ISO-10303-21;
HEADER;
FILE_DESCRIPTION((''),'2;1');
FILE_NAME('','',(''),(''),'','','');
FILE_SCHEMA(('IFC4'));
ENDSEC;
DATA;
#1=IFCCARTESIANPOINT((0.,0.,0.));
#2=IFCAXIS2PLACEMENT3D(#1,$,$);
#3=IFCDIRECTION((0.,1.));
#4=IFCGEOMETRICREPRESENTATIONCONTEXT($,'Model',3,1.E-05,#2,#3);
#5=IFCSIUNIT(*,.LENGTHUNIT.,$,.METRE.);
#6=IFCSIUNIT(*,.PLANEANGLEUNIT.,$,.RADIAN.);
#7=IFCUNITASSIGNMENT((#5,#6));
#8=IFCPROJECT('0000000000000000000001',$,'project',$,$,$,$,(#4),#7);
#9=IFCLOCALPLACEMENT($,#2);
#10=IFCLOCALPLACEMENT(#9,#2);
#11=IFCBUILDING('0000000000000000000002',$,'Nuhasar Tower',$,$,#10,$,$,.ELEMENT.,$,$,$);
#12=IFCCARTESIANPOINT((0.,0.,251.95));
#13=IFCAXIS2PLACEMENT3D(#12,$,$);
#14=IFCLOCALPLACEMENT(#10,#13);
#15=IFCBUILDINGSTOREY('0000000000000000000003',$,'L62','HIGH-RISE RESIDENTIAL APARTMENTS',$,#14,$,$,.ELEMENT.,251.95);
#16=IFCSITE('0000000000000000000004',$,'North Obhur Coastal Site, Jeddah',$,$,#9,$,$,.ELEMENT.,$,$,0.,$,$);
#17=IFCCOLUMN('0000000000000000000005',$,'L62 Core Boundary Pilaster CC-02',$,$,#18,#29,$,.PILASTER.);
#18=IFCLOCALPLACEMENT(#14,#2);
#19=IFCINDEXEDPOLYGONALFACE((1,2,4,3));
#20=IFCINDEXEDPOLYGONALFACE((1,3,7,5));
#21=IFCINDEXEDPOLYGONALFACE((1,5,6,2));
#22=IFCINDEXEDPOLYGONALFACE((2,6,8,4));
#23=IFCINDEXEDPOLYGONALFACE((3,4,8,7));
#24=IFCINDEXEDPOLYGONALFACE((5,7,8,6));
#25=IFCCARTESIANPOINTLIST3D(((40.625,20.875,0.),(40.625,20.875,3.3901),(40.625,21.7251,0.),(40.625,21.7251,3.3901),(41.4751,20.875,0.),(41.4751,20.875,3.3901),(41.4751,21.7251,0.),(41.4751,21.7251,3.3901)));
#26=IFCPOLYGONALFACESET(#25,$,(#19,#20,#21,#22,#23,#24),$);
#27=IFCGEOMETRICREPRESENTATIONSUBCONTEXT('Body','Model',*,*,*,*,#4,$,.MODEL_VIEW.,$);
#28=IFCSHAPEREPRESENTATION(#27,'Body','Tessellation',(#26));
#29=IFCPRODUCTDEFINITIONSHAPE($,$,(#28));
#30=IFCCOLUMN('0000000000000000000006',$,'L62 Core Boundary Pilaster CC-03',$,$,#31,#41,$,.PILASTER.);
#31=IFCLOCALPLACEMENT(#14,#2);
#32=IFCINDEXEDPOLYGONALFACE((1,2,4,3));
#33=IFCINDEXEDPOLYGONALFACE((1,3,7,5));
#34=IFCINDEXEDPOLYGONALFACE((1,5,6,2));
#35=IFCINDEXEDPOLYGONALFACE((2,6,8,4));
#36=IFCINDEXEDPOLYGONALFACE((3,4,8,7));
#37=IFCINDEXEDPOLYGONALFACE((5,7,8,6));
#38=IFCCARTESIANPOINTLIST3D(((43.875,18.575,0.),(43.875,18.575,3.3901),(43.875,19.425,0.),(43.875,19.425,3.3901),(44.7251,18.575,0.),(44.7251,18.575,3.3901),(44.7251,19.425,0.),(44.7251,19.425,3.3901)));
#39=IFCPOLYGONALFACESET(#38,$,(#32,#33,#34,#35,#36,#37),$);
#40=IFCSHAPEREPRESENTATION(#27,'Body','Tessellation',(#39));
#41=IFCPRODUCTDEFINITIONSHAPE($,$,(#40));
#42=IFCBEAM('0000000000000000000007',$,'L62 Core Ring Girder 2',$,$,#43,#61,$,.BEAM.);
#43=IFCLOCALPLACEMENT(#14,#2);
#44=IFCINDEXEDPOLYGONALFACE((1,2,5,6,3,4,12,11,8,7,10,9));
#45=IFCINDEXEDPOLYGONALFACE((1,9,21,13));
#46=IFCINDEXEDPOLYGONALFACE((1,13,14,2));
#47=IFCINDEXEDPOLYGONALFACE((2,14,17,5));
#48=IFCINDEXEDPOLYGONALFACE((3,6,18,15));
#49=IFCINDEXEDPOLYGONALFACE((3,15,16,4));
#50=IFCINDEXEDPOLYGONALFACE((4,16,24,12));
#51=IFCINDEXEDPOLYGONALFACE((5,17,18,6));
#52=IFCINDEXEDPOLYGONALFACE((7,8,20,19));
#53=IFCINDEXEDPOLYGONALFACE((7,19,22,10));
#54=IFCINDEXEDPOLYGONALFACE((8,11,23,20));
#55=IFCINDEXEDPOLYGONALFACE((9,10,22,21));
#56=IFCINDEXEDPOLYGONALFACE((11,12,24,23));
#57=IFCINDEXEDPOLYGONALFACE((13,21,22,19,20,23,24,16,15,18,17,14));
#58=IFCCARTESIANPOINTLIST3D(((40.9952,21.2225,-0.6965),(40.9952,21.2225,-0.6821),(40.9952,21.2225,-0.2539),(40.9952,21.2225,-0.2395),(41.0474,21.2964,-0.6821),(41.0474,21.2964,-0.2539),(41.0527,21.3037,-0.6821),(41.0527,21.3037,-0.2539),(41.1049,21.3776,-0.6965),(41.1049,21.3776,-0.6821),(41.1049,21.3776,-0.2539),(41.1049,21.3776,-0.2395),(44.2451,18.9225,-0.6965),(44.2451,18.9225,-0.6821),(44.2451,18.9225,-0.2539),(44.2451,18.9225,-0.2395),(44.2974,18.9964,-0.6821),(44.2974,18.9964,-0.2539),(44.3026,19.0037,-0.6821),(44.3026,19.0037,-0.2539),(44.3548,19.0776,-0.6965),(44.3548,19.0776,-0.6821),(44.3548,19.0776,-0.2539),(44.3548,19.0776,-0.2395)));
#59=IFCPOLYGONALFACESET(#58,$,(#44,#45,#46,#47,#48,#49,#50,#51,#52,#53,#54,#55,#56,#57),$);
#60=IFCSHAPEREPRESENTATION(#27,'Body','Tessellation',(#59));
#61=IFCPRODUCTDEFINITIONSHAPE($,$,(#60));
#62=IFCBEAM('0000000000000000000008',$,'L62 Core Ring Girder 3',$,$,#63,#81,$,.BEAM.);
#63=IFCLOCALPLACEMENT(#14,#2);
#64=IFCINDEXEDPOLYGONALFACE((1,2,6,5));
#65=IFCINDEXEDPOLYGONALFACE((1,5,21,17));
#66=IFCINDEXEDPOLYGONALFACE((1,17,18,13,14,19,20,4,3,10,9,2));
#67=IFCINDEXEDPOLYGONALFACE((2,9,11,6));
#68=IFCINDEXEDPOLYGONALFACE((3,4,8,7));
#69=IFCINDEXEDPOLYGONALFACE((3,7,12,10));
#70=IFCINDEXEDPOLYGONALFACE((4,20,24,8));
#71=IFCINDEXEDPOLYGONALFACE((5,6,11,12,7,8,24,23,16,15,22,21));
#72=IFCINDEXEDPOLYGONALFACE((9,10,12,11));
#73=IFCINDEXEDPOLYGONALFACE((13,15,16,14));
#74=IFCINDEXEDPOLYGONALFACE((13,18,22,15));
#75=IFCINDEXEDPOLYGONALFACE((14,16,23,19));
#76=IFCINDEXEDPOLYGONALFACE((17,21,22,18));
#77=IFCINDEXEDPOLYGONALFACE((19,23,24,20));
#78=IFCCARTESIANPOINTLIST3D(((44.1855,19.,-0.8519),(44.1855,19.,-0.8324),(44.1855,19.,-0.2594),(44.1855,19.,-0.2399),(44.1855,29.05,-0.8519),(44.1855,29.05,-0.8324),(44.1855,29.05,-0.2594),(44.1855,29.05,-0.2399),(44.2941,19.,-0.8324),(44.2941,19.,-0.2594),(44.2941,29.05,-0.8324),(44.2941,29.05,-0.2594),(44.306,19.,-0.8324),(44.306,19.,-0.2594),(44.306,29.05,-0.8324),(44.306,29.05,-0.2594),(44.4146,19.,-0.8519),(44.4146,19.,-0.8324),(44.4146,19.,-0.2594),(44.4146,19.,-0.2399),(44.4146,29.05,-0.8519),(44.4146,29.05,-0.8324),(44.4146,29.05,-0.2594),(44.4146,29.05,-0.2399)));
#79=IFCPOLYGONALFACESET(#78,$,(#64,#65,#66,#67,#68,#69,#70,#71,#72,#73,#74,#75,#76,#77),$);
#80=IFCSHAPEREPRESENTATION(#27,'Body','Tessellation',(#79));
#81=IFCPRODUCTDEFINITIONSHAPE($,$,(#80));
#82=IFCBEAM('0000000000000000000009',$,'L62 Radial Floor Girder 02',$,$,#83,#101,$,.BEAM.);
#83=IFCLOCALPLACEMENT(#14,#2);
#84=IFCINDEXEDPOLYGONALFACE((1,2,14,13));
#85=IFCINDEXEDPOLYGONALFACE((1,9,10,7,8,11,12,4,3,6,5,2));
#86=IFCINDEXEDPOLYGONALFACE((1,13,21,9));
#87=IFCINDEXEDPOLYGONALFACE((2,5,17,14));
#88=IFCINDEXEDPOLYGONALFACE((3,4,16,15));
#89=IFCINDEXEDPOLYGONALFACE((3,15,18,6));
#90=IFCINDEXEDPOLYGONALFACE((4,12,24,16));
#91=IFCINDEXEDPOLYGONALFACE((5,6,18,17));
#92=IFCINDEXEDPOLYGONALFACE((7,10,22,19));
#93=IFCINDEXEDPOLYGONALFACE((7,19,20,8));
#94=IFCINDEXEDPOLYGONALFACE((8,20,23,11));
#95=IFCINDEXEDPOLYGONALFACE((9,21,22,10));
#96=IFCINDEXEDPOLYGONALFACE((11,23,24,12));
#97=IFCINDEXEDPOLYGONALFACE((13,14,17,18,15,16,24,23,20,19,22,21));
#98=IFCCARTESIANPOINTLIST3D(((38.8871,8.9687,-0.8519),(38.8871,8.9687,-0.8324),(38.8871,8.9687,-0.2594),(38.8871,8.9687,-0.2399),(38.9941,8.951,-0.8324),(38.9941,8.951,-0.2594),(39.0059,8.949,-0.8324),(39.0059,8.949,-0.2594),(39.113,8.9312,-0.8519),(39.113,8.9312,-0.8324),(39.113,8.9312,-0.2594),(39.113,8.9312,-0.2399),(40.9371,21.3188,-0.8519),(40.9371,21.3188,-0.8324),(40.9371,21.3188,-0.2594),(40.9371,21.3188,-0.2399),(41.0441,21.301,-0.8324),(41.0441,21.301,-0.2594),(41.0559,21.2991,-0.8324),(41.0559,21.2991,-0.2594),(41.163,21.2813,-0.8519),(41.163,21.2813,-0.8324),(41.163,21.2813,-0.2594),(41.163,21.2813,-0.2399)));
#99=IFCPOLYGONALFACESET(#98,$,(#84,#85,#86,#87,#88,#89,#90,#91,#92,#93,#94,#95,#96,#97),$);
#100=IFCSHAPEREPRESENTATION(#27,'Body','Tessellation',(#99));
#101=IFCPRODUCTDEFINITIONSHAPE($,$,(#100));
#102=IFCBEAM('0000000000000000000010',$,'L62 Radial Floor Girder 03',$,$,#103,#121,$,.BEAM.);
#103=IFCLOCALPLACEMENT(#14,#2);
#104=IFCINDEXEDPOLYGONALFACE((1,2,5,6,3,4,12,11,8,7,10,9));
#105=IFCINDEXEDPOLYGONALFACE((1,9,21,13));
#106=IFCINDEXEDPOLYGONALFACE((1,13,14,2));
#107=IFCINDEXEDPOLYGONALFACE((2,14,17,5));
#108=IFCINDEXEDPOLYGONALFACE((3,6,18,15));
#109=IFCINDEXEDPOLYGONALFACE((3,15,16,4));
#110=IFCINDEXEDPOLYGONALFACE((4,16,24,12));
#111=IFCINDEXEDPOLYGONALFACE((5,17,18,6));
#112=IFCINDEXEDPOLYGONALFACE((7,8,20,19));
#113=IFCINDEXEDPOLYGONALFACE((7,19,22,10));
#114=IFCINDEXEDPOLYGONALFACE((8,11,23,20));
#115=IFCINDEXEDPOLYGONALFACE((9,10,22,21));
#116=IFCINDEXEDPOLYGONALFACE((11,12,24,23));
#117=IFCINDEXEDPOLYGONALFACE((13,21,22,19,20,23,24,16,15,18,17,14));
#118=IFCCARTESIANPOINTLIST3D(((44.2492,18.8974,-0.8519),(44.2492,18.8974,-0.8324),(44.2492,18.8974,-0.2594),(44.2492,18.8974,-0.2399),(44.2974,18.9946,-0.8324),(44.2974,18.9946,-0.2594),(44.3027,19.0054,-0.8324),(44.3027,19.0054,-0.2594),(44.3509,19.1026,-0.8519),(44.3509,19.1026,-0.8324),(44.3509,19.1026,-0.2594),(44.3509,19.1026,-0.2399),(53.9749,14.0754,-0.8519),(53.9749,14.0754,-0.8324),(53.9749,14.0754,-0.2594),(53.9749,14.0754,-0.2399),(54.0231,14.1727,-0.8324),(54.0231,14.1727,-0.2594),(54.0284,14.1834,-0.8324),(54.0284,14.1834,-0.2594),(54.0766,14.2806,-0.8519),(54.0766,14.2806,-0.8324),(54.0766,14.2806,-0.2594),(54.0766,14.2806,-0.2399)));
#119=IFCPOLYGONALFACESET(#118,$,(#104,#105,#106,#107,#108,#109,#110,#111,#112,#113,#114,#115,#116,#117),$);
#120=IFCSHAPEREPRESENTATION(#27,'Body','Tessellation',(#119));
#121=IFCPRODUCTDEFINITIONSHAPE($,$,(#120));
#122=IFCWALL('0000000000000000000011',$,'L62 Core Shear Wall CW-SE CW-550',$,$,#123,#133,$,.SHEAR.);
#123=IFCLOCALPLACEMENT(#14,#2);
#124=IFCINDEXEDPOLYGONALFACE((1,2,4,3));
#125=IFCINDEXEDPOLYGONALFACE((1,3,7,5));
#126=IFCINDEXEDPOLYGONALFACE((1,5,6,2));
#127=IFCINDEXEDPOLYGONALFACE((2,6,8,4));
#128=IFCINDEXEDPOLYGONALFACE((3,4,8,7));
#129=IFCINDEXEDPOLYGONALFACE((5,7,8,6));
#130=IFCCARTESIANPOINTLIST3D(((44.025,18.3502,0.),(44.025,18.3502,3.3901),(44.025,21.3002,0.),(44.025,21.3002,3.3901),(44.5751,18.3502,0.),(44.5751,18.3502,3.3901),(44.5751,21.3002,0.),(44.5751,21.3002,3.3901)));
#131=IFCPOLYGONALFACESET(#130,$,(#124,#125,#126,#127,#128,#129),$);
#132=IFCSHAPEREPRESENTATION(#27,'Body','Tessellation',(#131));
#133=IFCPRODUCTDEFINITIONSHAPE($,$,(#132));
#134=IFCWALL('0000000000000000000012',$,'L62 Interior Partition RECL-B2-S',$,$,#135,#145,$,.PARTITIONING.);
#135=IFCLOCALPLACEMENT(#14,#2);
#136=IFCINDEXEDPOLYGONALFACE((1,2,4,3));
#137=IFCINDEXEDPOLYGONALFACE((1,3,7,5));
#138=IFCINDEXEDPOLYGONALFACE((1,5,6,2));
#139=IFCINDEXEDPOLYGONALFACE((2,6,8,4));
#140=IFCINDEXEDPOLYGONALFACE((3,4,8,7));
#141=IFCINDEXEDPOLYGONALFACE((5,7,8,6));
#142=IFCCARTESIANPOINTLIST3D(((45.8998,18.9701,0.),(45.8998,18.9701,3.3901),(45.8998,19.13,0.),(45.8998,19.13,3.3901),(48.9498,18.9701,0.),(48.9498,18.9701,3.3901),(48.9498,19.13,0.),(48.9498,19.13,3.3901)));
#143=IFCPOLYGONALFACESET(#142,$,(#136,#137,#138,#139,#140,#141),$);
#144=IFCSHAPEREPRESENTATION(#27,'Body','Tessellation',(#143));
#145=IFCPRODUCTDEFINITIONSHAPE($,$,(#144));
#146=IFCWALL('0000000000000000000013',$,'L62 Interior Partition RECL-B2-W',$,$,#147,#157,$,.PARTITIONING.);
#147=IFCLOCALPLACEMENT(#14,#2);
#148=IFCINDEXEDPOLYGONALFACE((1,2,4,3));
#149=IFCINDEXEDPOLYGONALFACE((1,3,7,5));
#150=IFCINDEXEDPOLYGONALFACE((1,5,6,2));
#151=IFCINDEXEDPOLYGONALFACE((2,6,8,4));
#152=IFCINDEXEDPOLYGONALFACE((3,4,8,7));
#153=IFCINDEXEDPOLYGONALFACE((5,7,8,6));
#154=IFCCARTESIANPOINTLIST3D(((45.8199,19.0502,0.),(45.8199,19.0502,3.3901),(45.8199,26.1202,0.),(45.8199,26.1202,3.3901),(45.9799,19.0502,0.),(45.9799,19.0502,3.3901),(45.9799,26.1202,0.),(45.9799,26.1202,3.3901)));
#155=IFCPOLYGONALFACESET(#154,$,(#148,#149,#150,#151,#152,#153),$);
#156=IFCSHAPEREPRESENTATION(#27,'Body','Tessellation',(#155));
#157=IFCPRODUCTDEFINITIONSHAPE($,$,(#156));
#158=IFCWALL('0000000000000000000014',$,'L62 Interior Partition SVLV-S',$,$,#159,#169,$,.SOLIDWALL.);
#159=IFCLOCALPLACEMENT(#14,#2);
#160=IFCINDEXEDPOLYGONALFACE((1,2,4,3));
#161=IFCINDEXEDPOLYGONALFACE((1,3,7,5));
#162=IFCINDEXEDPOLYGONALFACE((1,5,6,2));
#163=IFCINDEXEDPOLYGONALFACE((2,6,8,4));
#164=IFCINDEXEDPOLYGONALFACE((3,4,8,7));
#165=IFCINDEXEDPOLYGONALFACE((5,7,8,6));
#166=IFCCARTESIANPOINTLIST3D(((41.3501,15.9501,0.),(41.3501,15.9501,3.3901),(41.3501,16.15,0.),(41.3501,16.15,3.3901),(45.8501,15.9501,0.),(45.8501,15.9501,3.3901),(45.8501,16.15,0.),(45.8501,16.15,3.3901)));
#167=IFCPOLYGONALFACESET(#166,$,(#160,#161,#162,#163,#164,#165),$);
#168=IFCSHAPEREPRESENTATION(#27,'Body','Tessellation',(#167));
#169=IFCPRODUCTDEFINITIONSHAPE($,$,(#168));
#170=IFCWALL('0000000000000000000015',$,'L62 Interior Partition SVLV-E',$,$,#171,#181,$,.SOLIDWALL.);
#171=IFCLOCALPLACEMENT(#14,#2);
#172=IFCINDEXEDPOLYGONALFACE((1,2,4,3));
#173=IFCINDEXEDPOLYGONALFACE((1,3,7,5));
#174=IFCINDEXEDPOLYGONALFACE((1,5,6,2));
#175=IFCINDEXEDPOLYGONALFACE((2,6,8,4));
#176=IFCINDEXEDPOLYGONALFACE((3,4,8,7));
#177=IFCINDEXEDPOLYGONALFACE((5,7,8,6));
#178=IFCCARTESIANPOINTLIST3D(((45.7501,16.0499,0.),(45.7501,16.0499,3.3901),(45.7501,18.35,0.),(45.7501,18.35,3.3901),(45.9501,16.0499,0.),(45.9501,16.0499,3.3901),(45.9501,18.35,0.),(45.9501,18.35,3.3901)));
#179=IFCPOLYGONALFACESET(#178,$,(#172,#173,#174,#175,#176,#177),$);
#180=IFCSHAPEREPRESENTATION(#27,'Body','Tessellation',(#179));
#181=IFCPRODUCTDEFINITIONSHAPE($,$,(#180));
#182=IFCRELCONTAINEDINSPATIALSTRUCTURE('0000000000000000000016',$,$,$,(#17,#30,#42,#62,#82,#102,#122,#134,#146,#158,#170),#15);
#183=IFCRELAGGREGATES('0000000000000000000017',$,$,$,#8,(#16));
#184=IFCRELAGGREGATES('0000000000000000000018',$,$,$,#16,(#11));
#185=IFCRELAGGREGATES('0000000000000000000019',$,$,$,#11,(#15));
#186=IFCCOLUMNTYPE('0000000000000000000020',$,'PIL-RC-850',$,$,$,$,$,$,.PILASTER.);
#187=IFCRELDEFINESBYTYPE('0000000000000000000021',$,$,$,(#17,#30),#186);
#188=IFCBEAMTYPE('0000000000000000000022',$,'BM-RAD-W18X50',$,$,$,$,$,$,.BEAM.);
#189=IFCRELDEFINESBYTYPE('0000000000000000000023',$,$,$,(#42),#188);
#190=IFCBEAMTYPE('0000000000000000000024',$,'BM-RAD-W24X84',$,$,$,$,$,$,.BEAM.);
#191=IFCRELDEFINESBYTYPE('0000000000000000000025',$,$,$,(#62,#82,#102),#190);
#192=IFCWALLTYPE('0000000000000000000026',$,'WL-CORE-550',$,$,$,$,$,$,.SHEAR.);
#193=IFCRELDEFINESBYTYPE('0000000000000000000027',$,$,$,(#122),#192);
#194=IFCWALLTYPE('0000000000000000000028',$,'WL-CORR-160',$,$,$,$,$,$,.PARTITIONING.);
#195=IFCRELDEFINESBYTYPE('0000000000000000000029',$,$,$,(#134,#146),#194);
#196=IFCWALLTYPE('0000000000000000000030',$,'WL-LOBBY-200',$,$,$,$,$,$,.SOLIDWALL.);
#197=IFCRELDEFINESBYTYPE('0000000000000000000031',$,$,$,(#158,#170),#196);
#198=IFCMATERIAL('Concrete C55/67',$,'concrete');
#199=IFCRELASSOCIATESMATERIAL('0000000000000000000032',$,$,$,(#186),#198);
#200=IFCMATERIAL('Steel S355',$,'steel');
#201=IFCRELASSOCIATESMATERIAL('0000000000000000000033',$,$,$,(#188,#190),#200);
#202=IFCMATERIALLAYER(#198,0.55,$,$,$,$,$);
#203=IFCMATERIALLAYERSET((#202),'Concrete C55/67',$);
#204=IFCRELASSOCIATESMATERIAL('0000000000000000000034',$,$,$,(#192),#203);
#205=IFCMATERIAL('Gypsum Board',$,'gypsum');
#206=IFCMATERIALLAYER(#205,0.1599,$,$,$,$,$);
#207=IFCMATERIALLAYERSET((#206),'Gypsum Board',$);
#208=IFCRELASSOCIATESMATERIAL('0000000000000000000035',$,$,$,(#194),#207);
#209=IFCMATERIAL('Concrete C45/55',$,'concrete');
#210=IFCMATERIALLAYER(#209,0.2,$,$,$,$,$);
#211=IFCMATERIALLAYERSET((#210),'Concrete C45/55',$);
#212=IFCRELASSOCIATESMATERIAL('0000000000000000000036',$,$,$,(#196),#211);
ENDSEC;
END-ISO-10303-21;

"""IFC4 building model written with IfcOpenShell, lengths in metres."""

from ifc_helpers import new_model, si_unit, direction, frame, frame_2d, origin, origin_2d, place, context, subcontext, project, spatial, rectangle, i_section, extrude, material, layer, layer_set, material_profile, profile_set, type_object, element, save


model = new_model("IFC4")

# Units and contexts
model_context = context("Model", 3, precision=1e-05, world=origin(), true_north=direction((0.0, 1.0)))
body_context = subcontext(model_context, "Body", "Model", "MODEL_VIEW")
ifc_project = project(units=[si_unit("LENGTHUNIT", "METRE"), si_unit("PLANEANGLEUNIT", "RADIAN")], contexts=[model_context])

# Site, building, storey
site_placement = place(None, origin())
site = spatial("IfcSite", under=ifc_project, at=site_placement, Name="North Obhur Coastal Site, Jeddah", CompositionType="ELEMENT", RefElevation=0.0)
building_placement = place(site_placement, origin())
building = spatial("IfcBuilding", under=site, at=building_placement, Name="Nuhasar Tower", CompositionType="ELEMENT")
storey_placement = place(building_placement, frame((0.0, 0.0, 251.95)))
storey = spatial("IfcBuildingStorey", under=building, at=storey_placement, Name="L62", Description="HIGH-RISE RESIDENTIAL APARTMENTS", CompositionType="ELEMENT", Elevation=251.95)

# Columns
ifc_material_1 = material(Name="Concrete C55/67", Category="concrete")
ifc_material_profile_1 = material_profile(ifc_material_1, rectangle(XDim=0.8501, YDim=0.8501, at=origin_2d()), Name="RC850X850")
ifc_profile_set_1 = profile_set([ifc_material_profile_1], Name="Concrete C55/67")
column_type = type_object("IfcColumnType", Name="PIL-RC-850", PredefinedType="PILASTER", material=ifc_profile_set_1)
for number, where, z_axis, x_axis, name in (
    (1, (41.05, 21.3, 0.0), (0.0, 0.0, 1.0), (1.0, 0.0, 0.0), "L62 Core Boundary Pilaster CC-02"),
    (2, (44.3, 19.0, 0.0), (0.0, 0.0, 1.0), (1.0, 0.0, 0.0), "L62 Core Boundary Pilaster CC-03"),
):
    element("IfcColumn", number, at=place(storey_placement, frame(where, z_axis=z_axis, x_axis=x_axis)), inside=storey, type_object=column_type, Name=name, PredefinedType="PILASTER", context=body_context, shape_type="SweptSolid", body=[
        extrude(rectangle(XDim=0.8501, YDim=0.8501, at=origin_2d()), origin(), (0.0, 0.0, 1.0), 3.3901),
    ])

# Beams
ifc_material_2 = material(Name="Steel S355", Category="steel")
ifc_material_profile_2 = material_profile(ifc_material_2, i_section(OverallWidth=0.1899, OverallDepth=0.457, WebThickness=0.009, FlangeThickness=0.0144, at=origin_2d()), Name="W18X50")
ifc_profile_set_2 = profile_set([ifc_material_profile_2], Name="Steel S355")
beam_type_1 = type_object("IfcBeamType", Name="BM-RAD-W18X50", PredefinedType="BEAM", material=ifc_profile_set_2)
beam_1_placement = place(storey_placement, frame((41.05, 21.3, -0.468), z_axis=(0.816265, -0.577677, 0.0), x_axis=(0.577677, 0.816265, 0.0)))
element("IfcBeam", 3, at=beam_1_placement, inside=storey, type_object=beam_type_1, Name="L62 Core Ring Girder 2", PredefinedType="BEAM", context=body_context, shape_type="SweptSolid", body=[
    extrude(i_section(OverallWidth=0.1899, OverallDepth=0.457, WebThickness=0.009, FlangeThickness=0.0144, at=origin_2d()), origin(), (0.0, 0.0, 1.0), 3.9814),
])
ifc_material_profile_3 = material_profile(ifc_material_2, i_section(OverallWidth=0.229, OverallDepth=0.6121, WebThickness=0.012, FlangeThickness=0.0195, at=origin_2d()), Name="W24X84")
ifc_profile_set_3 = profile_set([ifc_material_profile_3], Name="Steel S355")
beam_type_2 = type_object("IfcBeamType", Name="BM-RAD-W24X84", PredefinedType="BEAM", material=ifc_profile_set_3)
beam_2_placement = place(storey_placement, frame((44.3, 19.0, -0.5459), z_axis=(0.0, 1.0, 0.0), x_axis=(-1.0, 0.0, 0.0)))
element("IfcBeam", 4, at=beam_2_placement, inside=storey, type_object=beam_type_2, Name="L62 Core Ring Girder 3", PredefinedType="BEAM", context=body_context, shape_type="SweptSolid", body=[
    extrude(i_section(OverallWidth=0.229, OverallDepth=0.6121, WebThickness=0.012, FlangeThickness=0.0195, at=origin_2d()), origin(), (0.0, 0.0, 1.0), 10.05),
])
beam_3_placement = place(storey_placement, frame((41.05, 21.3, -0.5459), z_axis=(-0.163754, -0.986501, 0.0), x_axis=(0.986501, -0.163754, 0.0)))
element("IfcBeam", 5, at=beam_3_placement, inside=storey, type_object=beam_type_2, Name="L62 Radial Floor Girder 02", PredefinedType="BEAM", context=body_context, shape_type="SweptSolid", body=[
    extrude(i_section(OverallWidth=0.229, OverallDepth=0.6121, WebThickness=0.012, FlangeThickness=0.0195, at=origin_2d()), origin(), (0.0, 0.0, 1.0), 12.519),
])
beam_4_placement = place(storey_placement, frame((44.3, 19.0, -0.5459), z_axis=(0.895929, -0.444197, 0.0), x_axis=(0.444197, 0.895929, 0.0)))
element("IfcBeam", 6, at=beam_4_placement, inside=storey, type_object=beam_type_2, Name="L62 Radial Floor Girder 03", PredefinedType="BEAM", context=body_context, shape_type="SweptSolid", body=[
    extrude(i_section(OverallWidth=0.229, OverallDepth=0.6121, WebThickness=0.012, FlangeThickness=0.0195, at=origin_2d()), origin(), (0.0, 0.0, 1.0), 10.8555),
])

# Walls
ifc_layer_1 = layer(ifc_material_1, 0.55)
ifc_layer_set_1 = layer_set([ifc_layer_1], Name="Concrete C55/67")
wall_type_1 = type_object("IfcWallType", Name="WL-CORE-550", PredefinedType="SHEAR", material=ifc_layer_set_1)
wall_1_placement = place(storey_placement, frame((44.3, 18.3501, 0.0), z_axis=(0.0, 0.0, 1.0), x_axis=(0.0, 1.0, 0.0)))
element("IfcWall", 7, at=wall_1_placement, inside=storey, type_object=wall_type_1, Name="L62 Core Shear Wall CW-SE CW-550", PredefinedType="SHEAR", context=body_context, shape_type="SweptSolid", body=[
    extrude(rectangle(XDim=2.95, YDim=0.55, at=frame_2d((1.4751, 0.0))), origin(), (0.0, 0.0, 1.0), 3.3901),
])
ifc_material_3 = material(Name="Gypsum Board", Category="gypsum")
ifc_layer_2 = layer(ifc_material_3, 0.1599)
ifc_layer_set_2 = layer_set([ifc_layer_2], Name="Gypsum Board")
wall_type_2 = type_object("IfcWallType", Name="WL-CORR-160", PredefinedType="PARTITIONING", material=ifc_layer_set_2)
wall_2_placement = place(storey_placement, frame((45.8999, 19.05, 0.0), z_axis=(0.0, 0.0, 1.0), x_axis=(1.0, 0.0, 0.0)))
element("IfcWall", 8, at=wall_2_placement, inside=storey, type_object=wall_type_2, Name="L62 Interior Partition RECL-B2-S", PredefinedType="PARTITIONING", context=body_context, shape_type="SweptSolid", body=[
    extrude(rectangle(XDim=3.05, YDim=0.1599, at=frame_2d((1.5249, 0.0))), origin(), (0.0, 0.0, 1.0), 3.3901),
])
wall_3_placement = place(storey_placement, frame((45.8999, 19.05, 0.0), z_axis=(0.0, 0.0, 1.0), x_axis=(0.0, 1.0, 0.0)))
element("IfcWall", 9, at=wall_3_placement, inside=storey, type_object=wall_type_2, Name="L62 Interior Partition RECL-B2-W", PredefinedType="PARTITIONING", context=body_context, shape_type="SweptSolid", body=[
    extrude(rectangle(XDim=7.0701, YDim=0.1599, at=frame_2d((3.5352, 0.0))), origin(), (0.0, 0.0, 1.0), 3.3901),
])

# Shared definitions
ifc_material_4 = material(Name="Concrete C45/55", Category="concrete")
ifc_layer_3 = layer(ifc_material_4, 0.2)
ifc_layer_set_3 = layer_set([ifc_layer_3], Name="Concrete C45/55")
wall_type_3 = type_object("IfcWallType", Name="WL-LOBBY-200", PredefinedType="SOLIDWALL", material=ifc_layer_set_3)

# Walls
wall_4_placement = place(storey_placement, frame((41.3501, 16.05, 0.0), z_axis=(0.0, 0.0, 1.0), x_axis=(1.0, 0.0, 0.0)))
element("IfcWall", 10, at=wall_4_placement, inside=storey, type_object=wall_type_3, Name="L62 Interior Partition SVLV-S", PredefinedType="SOLIDWALL", context=body_context, shape_type="SweptSolid", body=[
    extrude(rectangle(XDim=4.5, YDim=0.2, at=frame_2d((2.25, 0.0))), origin(), (0.0, 0.0, 1.0), 3.3901),
])
wall_5_placement = place(storey_placement, frame((45.8501, 16.05, 0.0), z_axis=(0.0, 0.0, 1.0), x_axis=(0.0, 1.0, 0.0)))
element("IfcWall", 11, at=wall_5_placement, inside=storey, type_object=wall_type_3, Name="L62 Interior Partition SVLV-E", PredefinedType="SOLIDWALL", context=body_context, shape_type="SweptSolid", body=[
    extrude(rectangle(XDim=2.3, YDim=0.2, at=frame_2d((1.1499, 0.0))), origin(), (0.0, 0.0, 1.0), 3.3901),
])

save(model, "model.ifc")
